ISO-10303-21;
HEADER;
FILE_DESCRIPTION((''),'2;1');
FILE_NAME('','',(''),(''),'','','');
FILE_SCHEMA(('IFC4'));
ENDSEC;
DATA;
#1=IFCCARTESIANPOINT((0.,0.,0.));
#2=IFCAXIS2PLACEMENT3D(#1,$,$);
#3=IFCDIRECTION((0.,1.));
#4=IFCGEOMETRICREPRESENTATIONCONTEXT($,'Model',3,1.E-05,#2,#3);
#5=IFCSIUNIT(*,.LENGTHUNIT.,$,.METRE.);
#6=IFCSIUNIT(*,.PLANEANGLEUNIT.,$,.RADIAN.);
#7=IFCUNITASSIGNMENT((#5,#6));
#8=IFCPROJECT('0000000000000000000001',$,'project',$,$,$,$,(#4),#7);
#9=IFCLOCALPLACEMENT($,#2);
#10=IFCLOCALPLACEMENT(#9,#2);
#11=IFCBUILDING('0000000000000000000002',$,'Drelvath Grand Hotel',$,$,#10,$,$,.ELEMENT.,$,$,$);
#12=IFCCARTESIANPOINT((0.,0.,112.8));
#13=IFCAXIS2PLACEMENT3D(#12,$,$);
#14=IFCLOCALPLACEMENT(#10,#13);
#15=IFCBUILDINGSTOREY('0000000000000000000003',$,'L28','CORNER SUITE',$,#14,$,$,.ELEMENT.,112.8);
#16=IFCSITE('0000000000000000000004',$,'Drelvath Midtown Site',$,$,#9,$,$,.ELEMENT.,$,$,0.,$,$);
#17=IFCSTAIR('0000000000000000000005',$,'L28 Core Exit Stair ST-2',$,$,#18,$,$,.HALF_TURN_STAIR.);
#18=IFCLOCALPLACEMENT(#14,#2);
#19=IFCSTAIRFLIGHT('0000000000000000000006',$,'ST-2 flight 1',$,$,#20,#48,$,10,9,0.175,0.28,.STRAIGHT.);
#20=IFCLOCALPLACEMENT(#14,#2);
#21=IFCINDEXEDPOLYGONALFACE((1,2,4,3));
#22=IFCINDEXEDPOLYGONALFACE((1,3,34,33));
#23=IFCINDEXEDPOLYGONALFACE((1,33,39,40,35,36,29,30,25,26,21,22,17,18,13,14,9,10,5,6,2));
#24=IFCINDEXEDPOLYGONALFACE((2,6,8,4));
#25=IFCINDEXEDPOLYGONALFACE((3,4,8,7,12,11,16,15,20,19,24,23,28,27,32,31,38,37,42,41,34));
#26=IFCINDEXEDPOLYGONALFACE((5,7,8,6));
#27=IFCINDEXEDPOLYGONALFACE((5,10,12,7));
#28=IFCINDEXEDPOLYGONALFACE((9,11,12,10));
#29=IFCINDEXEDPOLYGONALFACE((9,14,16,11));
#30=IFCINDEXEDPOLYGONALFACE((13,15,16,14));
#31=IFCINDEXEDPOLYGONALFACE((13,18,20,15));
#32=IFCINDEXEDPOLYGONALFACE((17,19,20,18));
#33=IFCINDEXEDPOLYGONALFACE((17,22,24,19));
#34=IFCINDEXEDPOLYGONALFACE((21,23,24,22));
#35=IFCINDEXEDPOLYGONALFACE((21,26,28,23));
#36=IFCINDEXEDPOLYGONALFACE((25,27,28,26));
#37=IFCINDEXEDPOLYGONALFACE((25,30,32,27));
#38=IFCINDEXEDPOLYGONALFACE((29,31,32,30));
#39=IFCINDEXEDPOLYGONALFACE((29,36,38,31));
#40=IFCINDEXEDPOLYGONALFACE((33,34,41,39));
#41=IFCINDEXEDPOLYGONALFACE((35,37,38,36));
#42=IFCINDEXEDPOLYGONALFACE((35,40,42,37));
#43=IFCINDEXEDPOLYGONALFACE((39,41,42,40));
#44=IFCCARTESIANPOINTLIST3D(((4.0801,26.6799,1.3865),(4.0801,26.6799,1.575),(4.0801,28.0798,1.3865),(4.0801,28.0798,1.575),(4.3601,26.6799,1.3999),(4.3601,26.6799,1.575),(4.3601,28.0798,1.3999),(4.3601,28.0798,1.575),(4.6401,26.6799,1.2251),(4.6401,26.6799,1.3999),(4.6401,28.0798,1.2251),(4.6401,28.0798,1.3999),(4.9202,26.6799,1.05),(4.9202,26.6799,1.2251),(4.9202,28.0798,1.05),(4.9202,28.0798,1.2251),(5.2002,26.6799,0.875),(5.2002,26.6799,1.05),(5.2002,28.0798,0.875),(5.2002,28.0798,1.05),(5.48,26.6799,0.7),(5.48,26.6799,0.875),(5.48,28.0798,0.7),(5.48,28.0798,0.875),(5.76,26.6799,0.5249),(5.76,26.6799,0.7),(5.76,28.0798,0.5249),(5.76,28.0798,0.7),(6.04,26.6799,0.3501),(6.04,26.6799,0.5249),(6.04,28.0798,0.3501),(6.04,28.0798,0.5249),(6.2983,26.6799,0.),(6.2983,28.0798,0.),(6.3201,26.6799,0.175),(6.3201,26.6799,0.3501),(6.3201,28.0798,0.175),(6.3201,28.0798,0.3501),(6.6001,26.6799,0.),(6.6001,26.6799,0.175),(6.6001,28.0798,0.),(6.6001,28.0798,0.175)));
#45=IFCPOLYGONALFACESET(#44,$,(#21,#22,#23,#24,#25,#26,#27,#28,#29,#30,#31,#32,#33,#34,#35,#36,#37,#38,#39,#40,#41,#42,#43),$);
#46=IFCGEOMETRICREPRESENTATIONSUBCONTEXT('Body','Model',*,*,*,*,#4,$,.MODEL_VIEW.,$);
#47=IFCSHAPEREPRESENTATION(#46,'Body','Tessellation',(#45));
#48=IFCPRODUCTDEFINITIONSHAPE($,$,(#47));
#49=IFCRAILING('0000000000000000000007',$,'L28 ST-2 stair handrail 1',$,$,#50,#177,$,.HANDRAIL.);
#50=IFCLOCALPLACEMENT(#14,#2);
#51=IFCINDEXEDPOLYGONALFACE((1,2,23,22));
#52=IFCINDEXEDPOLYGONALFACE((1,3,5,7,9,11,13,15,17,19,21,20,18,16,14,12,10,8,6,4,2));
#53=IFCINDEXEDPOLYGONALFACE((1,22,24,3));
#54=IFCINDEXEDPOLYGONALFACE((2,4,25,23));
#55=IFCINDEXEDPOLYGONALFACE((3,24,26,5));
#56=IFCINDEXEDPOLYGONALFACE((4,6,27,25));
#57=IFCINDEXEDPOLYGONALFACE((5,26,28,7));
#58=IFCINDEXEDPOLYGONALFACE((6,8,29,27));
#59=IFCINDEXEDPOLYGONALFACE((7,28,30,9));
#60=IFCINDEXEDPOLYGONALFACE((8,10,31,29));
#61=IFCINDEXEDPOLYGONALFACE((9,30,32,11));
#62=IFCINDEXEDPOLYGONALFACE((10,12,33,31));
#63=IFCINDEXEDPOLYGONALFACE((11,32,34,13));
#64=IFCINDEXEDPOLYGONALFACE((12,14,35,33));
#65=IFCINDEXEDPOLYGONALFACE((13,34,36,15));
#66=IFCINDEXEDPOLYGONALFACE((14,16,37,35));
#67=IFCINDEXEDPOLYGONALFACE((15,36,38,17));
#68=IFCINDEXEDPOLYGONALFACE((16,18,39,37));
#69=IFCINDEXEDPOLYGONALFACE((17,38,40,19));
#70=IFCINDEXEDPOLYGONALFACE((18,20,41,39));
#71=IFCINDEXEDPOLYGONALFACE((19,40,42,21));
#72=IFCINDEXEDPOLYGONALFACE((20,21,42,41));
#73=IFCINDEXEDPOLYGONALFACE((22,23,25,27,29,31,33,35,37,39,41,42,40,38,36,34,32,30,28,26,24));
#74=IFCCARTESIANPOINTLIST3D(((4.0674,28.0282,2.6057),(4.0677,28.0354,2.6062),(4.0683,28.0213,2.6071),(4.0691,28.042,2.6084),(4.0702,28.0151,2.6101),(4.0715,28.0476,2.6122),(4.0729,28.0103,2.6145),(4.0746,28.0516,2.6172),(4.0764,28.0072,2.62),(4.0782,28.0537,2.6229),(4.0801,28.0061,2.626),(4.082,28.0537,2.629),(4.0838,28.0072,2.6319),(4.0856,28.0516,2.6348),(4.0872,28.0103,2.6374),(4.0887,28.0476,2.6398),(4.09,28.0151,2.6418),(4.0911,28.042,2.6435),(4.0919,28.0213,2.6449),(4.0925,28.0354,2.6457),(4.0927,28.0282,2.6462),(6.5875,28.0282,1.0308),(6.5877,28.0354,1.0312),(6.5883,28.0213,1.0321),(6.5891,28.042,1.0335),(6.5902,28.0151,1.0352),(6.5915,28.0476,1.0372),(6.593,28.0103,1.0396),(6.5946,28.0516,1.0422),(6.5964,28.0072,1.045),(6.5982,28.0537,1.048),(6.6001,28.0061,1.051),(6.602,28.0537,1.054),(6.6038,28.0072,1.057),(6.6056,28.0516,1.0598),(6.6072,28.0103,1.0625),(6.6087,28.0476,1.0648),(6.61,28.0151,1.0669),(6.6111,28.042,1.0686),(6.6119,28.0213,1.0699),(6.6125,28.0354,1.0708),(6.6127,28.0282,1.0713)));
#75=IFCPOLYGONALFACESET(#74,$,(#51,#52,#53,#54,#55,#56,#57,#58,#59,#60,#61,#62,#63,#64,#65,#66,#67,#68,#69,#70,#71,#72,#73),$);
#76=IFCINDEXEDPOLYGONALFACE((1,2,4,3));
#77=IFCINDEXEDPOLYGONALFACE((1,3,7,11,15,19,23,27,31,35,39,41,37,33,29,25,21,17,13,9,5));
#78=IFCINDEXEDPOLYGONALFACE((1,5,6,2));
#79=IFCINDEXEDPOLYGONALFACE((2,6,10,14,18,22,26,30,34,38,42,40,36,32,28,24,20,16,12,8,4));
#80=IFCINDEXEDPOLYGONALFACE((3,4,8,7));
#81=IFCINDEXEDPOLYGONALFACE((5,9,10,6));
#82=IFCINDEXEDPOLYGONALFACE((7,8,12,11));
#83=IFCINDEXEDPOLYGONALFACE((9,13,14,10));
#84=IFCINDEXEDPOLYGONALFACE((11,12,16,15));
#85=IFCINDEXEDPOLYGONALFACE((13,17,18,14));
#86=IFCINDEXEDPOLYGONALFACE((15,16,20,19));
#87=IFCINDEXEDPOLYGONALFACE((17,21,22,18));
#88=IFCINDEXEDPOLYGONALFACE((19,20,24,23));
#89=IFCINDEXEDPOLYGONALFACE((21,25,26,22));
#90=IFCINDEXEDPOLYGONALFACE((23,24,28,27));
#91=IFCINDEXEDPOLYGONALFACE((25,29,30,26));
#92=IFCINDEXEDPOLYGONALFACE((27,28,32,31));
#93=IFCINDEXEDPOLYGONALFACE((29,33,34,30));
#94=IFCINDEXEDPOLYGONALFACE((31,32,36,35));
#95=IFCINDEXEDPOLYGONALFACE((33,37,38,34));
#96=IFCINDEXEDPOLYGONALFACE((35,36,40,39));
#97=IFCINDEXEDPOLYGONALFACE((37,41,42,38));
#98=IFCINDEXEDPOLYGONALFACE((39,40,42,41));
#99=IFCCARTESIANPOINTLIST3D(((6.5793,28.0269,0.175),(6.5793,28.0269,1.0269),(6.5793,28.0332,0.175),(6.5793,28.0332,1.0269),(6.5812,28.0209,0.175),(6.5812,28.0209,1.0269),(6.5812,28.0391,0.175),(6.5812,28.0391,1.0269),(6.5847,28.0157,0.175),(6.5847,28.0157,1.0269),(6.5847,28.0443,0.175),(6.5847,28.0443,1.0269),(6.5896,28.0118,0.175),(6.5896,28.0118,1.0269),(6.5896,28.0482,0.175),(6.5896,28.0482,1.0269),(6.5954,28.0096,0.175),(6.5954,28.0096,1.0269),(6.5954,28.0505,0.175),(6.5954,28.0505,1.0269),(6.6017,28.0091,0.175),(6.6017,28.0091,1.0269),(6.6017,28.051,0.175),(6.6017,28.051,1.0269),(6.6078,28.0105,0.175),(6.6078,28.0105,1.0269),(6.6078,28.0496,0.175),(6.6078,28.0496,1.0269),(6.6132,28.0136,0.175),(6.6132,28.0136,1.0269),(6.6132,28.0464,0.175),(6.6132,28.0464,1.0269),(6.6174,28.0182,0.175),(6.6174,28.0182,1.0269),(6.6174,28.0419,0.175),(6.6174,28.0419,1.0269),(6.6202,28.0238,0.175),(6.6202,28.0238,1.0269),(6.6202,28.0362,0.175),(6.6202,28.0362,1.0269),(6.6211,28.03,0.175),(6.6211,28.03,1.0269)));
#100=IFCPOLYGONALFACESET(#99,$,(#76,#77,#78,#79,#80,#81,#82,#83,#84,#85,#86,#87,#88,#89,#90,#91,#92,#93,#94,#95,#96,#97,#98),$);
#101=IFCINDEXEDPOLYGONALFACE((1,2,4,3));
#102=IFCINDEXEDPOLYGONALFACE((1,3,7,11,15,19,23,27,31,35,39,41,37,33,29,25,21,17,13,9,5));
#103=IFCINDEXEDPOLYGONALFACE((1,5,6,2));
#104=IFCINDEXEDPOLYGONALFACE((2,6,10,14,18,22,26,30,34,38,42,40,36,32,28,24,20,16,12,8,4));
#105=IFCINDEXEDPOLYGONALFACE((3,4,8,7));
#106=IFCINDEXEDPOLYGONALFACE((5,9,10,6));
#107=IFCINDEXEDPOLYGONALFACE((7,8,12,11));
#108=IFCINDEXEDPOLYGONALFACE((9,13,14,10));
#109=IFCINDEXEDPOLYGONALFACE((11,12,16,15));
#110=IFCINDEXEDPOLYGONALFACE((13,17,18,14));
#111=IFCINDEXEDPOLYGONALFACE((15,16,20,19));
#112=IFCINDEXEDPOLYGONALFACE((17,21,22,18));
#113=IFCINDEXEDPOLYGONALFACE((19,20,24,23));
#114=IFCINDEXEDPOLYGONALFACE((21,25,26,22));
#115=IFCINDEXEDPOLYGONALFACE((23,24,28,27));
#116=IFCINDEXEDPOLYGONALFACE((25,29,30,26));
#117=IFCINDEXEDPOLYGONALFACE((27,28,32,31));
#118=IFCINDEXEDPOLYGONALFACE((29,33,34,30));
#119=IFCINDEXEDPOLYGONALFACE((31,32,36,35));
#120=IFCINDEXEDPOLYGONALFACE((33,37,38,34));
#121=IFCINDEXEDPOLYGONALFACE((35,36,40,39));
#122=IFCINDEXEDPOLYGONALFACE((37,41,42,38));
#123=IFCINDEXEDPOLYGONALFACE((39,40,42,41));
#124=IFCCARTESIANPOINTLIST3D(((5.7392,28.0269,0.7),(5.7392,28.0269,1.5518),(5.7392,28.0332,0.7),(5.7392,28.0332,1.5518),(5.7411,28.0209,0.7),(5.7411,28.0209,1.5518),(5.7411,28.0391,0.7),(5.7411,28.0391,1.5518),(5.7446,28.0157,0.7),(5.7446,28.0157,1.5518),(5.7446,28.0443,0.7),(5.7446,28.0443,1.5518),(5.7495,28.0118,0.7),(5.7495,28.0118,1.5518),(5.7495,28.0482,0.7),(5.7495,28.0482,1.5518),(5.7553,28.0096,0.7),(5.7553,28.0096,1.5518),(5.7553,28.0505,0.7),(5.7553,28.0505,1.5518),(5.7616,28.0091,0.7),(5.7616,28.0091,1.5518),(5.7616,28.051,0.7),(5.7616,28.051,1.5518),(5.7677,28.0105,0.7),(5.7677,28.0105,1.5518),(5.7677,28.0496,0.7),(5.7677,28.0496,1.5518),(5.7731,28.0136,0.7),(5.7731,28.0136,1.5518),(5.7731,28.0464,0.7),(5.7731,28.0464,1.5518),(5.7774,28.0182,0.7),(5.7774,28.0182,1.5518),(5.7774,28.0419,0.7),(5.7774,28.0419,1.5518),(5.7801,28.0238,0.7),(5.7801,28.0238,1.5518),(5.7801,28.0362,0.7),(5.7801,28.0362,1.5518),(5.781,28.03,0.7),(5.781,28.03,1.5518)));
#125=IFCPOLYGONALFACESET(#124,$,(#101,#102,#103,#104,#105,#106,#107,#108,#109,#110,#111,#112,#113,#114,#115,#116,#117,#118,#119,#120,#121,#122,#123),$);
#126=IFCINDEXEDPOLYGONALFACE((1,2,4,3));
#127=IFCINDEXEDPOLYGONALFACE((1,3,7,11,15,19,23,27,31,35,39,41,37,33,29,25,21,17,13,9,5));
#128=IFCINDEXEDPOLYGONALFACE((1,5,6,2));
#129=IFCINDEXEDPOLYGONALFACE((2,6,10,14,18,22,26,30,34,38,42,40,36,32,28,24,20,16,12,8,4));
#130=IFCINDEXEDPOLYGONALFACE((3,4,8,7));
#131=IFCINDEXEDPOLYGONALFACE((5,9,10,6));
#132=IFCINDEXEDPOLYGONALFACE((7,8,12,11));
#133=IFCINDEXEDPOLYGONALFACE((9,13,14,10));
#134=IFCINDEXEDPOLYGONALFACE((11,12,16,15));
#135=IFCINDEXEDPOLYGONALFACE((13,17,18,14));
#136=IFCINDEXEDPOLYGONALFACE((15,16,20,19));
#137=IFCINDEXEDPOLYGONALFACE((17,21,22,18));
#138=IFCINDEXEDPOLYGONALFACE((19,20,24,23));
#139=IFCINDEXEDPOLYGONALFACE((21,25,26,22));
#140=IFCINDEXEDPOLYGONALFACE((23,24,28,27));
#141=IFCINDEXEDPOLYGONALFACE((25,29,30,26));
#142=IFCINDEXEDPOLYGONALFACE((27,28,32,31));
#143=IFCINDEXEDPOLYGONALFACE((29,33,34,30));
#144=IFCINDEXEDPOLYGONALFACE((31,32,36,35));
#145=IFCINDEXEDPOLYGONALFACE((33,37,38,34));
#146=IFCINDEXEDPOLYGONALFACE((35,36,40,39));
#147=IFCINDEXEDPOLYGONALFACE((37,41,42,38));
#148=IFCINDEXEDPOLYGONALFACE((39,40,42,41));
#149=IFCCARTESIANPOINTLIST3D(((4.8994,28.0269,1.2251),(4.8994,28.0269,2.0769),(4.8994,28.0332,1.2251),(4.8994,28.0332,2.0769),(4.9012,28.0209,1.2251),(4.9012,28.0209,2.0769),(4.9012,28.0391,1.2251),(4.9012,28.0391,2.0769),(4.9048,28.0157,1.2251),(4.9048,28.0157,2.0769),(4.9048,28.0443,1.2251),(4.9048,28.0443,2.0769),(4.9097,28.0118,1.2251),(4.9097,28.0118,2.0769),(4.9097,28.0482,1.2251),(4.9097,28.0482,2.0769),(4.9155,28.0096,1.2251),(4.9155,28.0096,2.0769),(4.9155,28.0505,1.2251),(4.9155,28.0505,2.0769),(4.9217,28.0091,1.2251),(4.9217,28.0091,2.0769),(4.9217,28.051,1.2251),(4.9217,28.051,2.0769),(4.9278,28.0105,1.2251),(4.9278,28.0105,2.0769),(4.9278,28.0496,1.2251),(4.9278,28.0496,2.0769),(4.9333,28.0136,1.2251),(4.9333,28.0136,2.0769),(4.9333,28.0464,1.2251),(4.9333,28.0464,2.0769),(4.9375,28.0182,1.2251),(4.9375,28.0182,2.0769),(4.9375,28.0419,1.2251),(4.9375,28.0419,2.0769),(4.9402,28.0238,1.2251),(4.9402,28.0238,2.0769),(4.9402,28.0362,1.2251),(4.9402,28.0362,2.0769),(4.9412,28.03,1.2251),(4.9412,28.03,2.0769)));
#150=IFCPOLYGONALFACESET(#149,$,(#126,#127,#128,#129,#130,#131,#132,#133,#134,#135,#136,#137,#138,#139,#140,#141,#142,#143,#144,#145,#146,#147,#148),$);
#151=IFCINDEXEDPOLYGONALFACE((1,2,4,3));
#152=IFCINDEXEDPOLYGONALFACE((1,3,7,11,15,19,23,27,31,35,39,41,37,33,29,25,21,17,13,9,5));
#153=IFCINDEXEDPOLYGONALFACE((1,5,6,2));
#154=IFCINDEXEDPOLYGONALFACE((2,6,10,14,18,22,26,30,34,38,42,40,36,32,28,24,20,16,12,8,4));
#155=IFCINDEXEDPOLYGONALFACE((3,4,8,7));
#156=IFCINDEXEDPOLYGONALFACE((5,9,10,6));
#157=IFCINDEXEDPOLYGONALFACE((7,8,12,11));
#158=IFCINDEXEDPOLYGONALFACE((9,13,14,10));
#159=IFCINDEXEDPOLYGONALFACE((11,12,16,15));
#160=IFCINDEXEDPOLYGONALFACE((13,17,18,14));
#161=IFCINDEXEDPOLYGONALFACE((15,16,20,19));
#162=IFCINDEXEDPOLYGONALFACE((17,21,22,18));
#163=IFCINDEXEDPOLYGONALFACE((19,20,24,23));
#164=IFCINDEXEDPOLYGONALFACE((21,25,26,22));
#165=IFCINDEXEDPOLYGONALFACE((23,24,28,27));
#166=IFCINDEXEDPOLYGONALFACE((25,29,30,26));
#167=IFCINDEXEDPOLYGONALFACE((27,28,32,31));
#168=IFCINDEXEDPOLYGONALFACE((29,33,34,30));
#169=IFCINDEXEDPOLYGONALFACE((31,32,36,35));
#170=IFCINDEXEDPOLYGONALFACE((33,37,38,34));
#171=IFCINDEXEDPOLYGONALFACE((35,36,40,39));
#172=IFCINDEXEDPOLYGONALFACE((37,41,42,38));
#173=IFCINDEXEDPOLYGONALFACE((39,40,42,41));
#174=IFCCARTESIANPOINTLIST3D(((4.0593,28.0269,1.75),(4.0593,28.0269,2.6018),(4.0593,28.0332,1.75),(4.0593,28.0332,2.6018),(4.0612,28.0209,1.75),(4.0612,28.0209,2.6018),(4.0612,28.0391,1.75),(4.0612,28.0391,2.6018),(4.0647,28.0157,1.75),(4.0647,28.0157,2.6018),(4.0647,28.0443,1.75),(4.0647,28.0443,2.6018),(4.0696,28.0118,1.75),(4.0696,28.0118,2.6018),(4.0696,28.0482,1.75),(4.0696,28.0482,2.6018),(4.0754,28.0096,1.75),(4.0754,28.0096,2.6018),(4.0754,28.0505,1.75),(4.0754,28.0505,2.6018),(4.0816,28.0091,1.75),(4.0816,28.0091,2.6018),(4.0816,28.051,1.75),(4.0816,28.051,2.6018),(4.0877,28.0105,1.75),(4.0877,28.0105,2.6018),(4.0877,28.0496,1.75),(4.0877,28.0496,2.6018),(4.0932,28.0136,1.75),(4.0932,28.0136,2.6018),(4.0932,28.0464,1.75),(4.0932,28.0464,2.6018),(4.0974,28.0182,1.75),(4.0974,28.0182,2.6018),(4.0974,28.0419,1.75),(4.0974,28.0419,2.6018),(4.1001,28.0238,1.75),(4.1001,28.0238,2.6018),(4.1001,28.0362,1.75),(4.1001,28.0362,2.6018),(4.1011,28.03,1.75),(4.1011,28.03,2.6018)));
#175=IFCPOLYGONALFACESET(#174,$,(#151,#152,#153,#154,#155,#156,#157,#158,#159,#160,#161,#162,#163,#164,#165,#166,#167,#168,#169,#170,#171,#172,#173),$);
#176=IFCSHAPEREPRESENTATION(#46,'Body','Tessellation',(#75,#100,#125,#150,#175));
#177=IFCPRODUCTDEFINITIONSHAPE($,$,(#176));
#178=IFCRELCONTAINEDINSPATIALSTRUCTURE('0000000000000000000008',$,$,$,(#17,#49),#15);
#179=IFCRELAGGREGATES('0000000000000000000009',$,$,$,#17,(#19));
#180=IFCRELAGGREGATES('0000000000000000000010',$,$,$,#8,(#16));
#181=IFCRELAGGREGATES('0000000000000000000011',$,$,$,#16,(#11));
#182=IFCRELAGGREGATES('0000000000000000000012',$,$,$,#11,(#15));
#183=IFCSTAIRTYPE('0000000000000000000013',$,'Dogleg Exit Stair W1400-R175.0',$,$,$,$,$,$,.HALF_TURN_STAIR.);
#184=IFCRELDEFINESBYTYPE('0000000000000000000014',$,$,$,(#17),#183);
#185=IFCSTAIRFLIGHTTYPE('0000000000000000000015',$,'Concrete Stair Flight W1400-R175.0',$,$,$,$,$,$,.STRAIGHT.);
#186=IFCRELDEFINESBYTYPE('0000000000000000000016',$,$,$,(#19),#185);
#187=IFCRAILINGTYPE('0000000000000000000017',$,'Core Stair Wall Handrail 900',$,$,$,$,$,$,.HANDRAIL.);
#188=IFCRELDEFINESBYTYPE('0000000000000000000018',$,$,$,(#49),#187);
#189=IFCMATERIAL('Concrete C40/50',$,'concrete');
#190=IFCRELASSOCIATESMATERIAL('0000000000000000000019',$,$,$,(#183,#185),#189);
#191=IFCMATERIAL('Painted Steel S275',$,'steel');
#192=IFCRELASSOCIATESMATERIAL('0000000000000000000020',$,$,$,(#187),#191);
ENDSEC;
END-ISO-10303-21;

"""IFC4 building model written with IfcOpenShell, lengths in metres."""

from ifc_helpers import new_model, si_unit, direction, frame, origin, origin_2d, place, context, subcontext, project, spatial, polyline, circle, outline, extrude, material, type_object, element, aggregate, save


model = new_model("IFC4")

# Units and contexts
model_context = context("Model", 3, precision=1e-05, world=origin(), true_north=direction((0.0, 1.0)))
body_context = subcontext(model_context, "Body", "Model", "MODEL_VIEW")
ifc_project = project(units=[si_unit("LENGTHUNIT", "METRE"), si_unit("PLANEANGLEUNIT", "RADIAN")], contexts=[model_context])

# Site, building, storey
site_placement = place(None, origin())
site = spatial("IfcSite", under=ifc_project, at=site_placement, Name="Drelvath Midtown Site", CompositionType="ELEMENT", RefElevation=0.0)
building_placement = place(site_placement, origin())
building = spatial("IfcBuilding", under=site, at=building_placement, Name="Drelvath Grand Hotel", CompositionType="ELEMENT")
storey_placement = place(building_placement, frame((0.0, 0.0, 112.8)))
storey = spatial("IfcBuildingStorey", under=building, at=storey_placement, Name="L28", Description="CORNER SUITE", CompositionType="ELEMENT", Elevation=112.8)

# Shared definitions
ifc_material_1 = material(Name="Concrete C40/50", Category="concrete")

# Shared definitions
ifc_material_2 = material(Name="Painted Steel S275", Category="steel")

# Stair, stair flight
stair_type = type_object("IfcStairType", Name="Dogleg Exit Stair W1400-R175.0", PredefinedType="HALF_TURN_STAIR", material=ifc_material_1)
stair_placement = place(storey_placement, origin())
stair = element("IfcStair", 1, at=stair_placement, inside=storey, type_object=stair_type, Name="L28 Core Exit Stair ST-2", PredefinedType="HALF_TURN_STAIR")
stair_flight_type = type_object("IfcStairFlightType", Name="Concrete Stair Flight W1400-R175.0", PredefinedType="STRAIGHT", material=ifc_material_1)
stair_flight_placement = place(storey_placement, frame((6.6001, 27.3799, 0.0), z_axis=(0.0, 0.0, 1.0), x_axis=(-1.0, 0.0, 0.0)))
stair_flight = element("IfcStairFlight", 2, at=stair_flight_placement, type_object=stair_flight_type, Name="ST-2 flight 1", NumberOfRisers=10, NumberOfTreads=9, PredefinedType="STRAIGHT", RiserHeight=0.175, TreadLength=0.28, context=body_context, shape_type="SweptSolid", body=[
    extrude(outline(polyline([(0.0, 0.0), (0.0, 0.175), (0.28, 0.175), (0.28, 0.3501), (0.5601, 0.3501), (0.5601, 0.5249), (0.8401, 0.5249), (0.8401, 0.7), (1.1201, 0.7), (1.1201, 0.875), (1.3999, 0.875), (1.3999, 1.05), (1.6799, 1.05), (1.6799, 1.2251), (1.96, 1.2251), (1.96, 1.3999), (2.24, 1.3999), (2.24, 1.575), (2.52, 1.575), (2.52, 1.75), (2.52, 1.3865), (0.3018, 0.0), (0.0, 0.0)])), frame((0.0, 0.7, 0.0), z_axis=(0.0, -1.0, 0.0), x_axis=(1.0, 0.0, 0.0)), (0.0, 0.0, 1.0), 1.3999),
])
aggregate(stair, [stair_flight])

# Railing
railing_type_1 = type_object("IfcRailingType", Name="Core Stair Wall Handrail 900", PredefinedType="HANDRAIL", material=ifc_material_2)
railing_1_placement = place(storey_placement, frame((6.6001, 28.03, 0.175)))
element("IfcRailing", 3, at=railing_1_placement, inside=storey, type_object=railing_type_1, Name="L28 ST-2 stair handrail 1", PredefinedType="HANDRAIL", context=body_context, shape_type="SweptSolid", body=[
    extrude(circle(Radius=0.0239, at=origin_2d()), frame((0.0, 0.0, 0.876), z_axis=(-0.848008, 0.0, 0.529984), x_axis=(0.0, -1.0, 0.0)), (0.0, 0.0, 1.0), 2.9717),
    extrude(circle(Radius=0.021, at=origin_2d()), origin(), (0.0, 0.0, 1.0), 0.8518),
    extrude(circle(Radius=0.021, at=origin_2d()), frame((-0.8401, 0.0, 0.5249)), (0.0, 0.0, 1.0), 0.8518),
    extrude(circle(Radius=0.021, at=origin_2d()), frame((-1.6799, 0.0, 1.05)), (0.0, 0.0, 1.0), 0.8518),
    extrude(circle(Radius=0.021, at=origin_2d()), frame((-2.52, 0.0, 1.575)), (0.0, 0.0, 1.0), 0.8518),
])

save(model, "model.ifc")
